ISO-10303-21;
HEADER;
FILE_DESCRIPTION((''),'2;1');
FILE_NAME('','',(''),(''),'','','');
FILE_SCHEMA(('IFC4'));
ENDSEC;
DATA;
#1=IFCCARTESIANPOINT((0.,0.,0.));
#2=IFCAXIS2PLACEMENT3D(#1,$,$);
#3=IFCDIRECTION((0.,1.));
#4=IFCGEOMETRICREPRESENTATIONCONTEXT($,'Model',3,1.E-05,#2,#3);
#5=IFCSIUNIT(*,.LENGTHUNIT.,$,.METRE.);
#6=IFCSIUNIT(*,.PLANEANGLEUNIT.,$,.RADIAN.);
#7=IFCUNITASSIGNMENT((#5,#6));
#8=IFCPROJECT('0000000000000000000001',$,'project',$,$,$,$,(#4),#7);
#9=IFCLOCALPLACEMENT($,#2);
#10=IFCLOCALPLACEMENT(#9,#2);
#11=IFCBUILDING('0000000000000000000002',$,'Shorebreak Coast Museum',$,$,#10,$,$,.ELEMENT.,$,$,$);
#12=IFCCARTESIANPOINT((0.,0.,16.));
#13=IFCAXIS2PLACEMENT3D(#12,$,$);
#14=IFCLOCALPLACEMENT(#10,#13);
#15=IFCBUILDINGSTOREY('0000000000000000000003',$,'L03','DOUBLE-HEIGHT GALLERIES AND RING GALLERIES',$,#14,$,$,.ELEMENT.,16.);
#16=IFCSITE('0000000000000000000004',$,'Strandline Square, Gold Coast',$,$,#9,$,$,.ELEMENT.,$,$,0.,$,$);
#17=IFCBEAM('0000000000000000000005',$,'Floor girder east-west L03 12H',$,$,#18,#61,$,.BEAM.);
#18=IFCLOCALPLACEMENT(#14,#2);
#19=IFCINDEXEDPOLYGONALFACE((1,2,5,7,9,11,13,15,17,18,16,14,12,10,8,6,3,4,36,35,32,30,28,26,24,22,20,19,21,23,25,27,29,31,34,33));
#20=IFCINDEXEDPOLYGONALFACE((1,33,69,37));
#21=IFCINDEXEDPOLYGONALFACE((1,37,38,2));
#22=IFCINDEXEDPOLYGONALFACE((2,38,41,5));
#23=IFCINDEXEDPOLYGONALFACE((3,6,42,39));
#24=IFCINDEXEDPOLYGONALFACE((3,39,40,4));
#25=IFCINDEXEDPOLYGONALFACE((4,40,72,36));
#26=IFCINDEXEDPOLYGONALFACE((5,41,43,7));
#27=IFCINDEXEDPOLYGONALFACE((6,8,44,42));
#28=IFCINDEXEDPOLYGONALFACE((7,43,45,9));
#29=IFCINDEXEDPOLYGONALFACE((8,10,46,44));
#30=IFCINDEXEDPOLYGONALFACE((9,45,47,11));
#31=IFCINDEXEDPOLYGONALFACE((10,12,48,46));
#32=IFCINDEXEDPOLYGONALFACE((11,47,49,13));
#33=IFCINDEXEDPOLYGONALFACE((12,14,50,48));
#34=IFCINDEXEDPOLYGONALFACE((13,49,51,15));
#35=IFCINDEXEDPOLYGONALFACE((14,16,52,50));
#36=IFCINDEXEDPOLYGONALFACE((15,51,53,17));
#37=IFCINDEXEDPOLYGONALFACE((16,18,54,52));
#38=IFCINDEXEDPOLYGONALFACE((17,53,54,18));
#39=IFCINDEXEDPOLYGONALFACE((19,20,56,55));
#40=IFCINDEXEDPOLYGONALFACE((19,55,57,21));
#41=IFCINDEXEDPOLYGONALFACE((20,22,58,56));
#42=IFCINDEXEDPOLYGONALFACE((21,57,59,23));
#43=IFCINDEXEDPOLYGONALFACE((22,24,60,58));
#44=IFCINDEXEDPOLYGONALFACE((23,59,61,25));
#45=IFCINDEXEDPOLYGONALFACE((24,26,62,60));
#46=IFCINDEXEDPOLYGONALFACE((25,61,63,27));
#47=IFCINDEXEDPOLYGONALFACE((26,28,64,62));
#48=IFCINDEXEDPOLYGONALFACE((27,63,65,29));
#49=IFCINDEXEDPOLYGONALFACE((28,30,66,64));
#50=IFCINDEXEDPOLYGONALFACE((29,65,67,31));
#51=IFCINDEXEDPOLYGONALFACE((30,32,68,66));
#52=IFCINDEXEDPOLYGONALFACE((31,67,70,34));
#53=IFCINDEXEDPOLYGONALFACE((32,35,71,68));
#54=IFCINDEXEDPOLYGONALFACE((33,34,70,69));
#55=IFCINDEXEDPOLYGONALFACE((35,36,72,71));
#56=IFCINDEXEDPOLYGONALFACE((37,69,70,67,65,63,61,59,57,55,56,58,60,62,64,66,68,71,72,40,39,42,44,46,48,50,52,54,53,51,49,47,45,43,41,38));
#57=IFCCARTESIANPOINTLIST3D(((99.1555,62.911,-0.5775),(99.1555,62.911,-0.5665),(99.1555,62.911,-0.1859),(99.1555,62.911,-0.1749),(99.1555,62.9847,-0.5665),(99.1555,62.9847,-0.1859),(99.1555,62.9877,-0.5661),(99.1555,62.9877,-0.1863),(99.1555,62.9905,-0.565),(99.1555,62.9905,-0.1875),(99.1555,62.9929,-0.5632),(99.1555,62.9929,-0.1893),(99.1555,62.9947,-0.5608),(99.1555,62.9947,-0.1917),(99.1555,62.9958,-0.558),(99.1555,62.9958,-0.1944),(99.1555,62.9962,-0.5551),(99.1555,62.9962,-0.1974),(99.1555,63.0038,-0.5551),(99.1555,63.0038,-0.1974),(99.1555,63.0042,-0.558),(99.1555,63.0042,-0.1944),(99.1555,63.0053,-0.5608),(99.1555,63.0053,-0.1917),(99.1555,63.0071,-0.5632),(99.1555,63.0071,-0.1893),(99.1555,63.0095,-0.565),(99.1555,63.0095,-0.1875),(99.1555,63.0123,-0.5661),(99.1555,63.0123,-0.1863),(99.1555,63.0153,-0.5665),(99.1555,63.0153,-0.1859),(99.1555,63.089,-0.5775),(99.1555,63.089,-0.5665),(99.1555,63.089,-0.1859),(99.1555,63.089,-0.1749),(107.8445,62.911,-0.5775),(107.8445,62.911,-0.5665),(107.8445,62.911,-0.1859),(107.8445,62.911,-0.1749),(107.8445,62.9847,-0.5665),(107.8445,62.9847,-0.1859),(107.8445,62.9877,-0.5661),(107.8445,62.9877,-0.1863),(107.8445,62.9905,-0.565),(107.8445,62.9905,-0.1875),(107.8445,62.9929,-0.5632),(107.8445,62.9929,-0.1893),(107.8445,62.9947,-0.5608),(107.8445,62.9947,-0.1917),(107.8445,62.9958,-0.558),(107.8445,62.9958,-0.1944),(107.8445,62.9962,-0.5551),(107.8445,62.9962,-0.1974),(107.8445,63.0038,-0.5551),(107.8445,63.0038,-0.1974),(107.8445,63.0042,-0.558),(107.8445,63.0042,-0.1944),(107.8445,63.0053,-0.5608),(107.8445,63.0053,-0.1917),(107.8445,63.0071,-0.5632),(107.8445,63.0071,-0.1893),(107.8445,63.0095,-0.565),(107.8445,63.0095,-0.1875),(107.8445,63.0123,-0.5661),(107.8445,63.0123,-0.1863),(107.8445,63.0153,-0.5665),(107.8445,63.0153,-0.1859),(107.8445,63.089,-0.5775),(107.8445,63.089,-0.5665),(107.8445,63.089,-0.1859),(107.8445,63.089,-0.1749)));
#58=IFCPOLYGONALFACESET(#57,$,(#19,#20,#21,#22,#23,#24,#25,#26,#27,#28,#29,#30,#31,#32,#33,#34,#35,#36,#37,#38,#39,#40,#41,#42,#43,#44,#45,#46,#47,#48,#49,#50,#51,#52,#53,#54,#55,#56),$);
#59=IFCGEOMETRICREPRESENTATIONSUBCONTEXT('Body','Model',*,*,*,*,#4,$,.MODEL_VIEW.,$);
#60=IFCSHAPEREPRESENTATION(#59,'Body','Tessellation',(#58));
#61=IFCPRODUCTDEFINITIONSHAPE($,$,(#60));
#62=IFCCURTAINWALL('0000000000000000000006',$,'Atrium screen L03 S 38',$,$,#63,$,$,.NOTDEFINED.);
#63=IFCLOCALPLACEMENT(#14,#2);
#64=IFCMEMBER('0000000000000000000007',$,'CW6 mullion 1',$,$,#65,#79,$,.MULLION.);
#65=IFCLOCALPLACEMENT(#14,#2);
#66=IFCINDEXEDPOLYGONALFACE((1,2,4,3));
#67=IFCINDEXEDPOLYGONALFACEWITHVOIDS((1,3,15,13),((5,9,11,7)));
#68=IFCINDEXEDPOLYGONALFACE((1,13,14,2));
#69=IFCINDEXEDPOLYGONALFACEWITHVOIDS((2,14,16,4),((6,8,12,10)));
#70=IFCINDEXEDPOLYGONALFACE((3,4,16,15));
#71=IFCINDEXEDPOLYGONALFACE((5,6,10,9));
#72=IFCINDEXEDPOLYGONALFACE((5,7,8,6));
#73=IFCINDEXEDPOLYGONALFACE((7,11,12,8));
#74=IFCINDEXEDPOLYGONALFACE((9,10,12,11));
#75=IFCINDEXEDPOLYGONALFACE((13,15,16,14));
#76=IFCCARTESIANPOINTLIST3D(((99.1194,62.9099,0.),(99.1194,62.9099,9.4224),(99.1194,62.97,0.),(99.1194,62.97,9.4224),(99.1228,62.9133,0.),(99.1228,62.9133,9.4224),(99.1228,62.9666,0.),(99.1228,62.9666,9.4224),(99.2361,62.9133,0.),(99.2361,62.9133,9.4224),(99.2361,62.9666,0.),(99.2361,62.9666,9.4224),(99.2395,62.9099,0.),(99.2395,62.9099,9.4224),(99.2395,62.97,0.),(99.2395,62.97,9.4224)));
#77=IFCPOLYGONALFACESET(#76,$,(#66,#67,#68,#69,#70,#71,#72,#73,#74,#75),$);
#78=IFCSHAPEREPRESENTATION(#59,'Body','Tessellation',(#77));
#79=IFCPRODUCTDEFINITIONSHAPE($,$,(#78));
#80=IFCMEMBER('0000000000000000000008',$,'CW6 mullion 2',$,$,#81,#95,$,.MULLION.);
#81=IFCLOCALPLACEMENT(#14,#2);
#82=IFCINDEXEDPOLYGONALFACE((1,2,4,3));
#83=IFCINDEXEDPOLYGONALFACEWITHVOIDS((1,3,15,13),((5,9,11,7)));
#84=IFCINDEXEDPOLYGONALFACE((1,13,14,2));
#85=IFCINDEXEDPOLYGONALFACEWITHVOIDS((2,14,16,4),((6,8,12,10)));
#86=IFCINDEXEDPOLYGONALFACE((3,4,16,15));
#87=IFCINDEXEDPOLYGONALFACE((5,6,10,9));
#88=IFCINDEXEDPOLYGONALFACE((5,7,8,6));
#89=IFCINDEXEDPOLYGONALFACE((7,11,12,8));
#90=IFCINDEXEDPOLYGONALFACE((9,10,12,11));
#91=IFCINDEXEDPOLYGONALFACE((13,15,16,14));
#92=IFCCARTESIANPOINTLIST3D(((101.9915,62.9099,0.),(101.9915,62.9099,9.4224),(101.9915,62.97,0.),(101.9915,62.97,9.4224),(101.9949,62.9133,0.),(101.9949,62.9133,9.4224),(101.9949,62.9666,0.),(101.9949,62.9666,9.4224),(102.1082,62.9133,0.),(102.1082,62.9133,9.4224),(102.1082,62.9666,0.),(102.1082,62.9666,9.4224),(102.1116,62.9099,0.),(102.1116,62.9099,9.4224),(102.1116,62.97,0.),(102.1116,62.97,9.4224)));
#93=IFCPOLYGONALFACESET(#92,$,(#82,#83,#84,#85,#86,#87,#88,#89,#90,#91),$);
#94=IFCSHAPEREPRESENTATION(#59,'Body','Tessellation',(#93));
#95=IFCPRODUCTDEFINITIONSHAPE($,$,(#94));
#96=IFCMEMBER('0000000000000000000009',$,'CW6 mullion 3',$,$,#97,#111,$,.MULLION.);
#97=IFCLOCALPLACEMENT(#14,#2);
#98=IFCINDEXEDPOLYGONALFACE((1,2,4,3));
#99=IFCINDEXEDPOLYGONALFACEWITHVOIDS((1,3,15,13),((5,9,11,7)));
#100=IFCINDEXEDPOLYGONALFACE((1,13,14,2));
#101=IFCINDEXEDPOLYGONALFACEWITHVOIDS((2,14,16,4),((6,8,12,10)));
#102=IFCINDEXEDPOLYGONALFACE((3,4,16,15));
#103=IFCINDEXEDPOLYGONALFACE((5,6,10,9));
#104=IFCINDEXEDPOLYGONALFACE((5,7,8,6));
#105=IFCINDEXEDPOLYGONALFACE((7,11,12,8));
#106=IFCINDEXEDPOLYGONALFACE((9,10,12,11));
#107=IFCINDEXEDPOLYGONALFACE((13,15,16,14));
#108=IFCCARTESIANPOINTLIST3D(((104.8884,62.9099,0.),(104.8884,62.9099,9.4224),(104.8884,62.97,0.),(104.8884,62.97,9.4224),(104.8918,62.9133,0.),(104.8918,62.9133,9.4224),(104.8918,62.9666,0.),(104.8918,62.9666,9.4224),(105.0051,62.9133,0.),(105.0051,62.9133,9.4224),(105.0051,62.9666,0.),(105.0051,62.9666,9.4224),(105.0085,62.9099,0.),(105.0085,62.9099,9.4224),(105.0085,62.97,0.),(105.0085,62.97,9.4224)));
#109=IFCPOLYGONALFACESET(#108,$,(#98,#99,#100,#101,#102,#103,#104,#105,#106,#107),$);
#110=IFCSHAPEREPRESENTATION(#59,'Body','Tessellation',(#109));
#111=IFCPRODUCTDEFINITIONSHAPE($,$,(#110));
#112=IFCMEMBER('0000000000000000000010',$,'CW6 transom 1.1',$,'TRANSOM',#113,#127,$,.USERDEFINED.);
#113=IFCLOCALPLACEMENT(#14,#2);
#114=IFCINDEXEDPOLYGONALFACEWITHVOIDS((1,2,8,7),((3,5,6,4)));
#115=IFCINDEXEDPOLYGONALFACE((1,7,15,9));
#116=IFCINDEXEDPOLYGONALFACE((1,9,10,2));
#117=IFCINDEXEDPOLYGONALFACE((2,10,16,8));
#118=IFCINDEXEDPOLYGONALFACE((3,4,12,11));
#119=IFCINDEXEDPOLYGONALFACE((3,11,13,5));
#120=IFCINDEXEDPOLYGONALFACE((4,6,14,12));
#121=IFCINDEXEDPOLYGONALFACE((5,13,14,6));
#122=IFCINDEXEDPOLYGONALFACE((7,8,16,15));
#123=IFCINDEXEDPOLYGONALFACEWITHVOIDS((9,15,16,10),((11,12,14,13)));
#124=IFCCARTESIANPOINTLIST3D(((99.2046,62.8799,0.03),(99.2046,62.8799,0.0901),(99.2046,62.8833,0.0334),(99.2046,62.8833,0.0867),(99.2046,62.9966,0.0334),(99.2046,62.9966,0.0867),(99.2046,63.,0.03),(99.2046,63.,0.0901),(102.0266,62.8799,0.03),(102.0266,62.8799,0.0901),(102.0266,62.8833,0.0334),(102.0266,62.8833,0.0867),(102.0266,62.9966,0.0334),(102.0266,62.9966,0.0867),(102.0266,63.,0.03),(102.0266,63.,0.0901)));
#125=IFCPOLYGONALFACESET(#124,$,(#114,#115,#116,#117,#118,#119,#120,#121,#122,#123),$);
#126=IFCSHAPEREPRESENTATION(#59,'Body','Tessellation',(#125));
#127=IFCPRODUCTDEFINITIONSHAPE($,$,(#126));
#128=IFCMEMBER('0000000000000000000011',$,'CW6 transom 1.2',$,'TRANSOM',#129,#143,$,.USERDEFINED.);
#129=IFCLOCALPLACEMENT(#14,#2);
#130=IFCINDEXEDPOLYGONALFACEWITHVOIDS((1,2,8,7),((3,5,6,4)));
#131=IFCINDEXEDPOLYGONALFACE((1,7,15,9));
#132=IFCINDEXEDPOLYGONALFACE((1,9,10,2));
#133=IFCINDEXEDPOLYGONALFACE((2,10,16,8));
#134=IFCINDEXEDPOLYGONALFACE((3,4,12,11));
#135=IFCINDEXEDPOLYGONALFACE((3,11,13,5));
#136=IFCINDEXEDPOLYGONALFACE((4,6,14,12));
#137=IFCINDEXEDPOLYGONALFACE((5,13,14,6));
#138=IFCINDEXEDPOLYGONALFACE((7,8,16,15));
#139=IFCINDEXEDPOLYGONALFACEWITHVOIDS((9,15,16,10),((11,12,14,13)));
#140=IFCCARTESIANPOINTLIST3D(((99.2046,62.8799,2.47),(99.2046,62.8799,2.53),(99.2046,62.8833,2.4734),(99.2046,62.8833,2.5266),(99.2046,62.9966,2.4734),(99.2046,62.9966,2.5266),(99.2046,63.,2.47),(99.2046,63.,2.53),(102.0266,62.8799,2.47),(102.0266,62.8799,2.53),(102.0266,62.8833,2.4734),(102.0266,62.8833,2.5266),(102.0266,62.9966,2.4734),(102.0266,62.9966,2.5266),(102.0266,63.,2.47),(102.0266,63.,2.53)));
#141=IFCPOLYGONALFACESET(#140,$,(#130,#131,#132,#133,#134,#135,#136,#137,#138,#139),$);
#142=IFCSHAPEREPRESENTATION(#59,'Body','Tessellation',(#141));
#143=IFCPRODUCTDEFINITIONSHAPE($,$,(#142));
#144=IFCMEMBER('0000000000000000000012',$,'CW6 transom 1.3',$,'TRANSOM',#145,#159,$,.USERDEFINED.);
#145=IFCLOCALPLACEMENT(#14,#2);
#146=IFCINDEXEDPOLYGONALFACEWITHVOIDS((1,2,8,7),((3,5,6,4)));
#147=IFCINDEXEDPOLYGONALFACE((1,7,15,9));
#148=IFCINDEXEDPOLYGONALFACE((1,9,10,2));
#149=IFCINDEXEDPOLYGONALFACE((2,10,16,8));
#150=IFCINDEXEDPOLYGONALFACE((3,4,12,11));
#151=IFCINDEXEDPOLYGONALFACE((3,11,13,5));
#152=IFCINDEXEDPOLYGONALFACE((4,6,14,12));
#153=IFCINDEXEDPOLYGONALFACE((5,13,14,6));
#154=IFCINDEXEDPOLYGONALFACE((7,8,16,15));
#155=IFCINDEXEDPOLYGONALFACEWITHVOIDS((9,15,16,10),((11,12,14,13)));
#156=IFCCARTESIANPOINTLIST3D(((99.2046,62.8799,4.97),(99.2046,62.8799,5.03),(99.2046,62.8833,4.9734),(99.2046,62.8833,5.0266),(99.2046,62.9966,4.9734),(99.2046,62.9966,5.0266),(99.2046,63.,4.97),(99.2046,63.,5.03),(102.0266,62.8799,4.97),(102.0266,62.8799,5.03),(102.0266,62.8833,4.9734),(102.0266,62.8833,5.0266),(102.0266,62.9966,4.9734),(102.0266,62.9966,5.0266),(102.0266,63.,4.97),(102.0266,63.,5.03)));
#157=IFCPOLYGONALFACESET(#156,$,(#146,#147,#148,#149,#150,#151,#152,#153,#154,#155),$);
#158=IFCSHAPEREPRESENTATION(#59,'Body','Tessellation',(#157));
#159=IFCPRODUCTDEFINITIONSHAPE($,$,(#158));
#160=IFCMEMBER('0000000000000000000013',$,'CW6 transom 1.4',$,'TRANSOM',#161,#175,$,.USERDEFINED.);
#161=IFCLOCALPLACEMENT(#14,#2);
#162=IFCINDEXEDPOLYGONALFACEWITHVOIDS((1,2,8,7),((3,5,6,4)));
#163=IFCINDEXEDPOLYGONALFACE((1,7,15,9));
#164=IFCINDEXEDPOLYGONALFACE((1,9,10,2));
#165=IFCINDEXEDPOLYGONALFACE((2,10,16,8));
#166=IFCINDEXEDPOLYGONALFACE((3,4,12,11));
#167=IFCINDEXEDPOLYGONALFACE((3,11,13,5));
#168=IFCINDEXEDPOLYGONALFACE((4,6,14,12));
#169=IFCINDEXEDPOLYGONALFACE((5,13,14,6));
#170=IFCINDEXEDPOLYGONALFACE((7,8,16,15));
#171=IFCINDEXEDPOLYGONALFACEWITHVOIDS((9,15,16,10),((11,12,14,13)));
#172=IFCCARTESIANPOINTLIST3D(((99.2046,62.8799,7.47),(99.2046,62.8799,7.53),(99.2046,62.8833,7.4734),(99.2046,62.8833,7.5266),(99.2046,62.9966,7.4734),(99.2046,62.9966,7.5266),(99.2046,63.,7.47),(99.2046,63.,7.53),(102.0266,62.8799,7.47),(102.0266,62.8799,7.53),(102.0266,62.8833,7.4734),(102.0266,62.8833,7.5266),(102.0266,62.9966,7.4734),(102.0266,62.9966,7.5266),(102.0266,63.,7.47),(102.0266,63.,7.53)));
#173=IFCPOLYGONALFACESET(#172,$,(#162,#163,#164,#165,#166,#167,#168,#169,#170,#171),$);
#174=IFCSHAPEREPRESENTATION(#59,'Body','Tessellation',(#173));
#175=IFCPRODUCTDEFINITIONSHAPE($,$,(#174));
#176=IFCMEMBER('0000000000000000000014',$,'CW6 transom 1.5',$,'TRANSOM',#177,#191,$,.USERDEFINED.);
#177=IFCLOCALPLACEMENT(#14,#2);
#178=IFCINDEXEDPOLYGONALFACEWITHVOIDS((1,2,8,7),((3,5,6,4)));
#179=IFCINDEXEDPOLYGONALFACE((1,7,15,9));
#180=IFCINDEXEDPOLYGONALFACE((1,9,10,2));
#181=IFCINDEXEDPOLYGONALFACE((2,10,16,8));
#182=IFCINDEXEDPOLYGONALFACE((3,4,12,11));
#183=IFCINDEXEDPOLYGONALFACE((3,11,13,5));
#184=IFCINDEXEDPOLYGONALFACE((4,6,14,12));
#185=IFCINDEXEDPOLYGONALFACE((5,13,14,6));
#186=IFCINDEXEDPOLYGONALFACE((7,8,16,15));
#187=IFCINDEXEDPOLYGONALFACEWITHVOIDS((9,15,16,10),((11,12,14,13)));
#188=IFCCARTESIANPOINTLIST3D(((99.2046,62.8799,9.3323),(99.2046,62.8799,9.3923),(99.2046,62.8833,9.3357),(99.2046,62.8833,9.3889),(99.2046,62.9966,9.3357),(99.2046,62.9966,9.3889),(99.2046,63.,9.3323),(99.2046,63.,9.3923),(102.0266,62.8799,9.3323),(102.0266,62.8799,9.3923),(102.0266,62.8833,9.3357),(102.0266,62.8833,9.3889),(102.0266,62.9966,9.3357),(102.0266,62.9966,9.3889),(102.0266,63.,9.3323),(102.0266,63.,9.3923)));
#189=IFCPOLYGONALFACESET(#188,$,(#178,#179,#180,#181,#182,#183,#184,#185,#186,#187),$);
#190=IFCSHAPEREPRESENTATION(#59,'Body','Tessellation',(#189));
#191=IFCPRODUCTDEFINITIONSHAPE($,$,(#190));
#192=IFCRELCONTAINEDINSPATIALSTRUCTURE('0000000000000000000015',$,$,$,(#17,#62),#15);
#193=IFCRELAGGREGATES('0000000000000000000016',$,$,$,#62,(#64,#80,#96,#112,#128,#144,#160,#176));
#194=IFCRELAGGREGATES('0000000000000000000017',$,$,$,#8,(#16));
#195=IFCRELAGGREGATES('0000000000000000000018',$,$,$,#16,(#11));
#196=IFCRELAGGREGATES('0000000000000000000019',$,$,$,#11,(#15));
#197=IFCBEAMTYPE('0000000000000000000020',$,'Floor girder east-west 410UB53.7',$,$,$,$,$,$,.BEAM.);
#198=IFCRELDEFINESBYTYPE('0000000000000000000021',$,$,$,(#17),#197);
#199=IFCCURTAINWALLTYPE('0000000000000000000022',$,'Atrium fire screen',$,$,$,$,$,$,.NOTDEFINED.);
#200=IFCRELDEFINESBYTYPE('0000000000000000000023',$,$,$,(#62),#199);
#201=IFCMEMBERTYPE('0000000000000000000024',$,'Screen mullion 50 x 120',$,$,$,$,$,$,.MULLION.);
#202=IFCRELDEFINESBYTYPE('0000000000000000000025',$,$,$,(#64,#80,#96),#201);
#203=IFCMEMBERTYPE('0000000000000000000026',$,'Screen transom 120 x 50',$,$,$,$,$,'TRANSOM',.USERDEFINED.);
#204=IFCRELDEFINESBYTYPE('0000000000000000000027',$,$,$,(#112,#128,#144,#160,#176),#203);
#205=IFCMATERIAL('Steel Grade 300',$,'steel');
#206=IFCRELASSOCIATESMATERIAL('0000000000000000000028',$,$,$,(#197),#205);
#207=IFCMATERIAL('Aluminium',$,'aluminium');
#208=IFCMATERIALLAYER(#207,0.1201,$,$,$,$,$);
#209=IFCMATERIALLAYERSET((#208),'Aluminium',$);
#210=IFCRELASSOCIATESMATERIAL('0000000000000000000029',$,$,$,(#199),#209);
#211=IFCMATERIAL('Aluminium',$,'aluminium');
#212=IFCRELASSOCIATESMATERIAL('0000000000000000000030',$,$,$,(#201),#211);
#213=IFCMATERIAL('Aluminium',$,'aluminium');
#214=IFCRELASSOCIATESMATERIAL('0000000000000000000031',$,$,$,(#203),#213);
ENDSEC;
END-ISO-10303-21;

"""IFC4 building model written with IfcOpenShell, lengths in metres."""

from ifc_helpers import new_model, si_unit, direction, frame, origin, origin_2d, place, context, subcontext, project, spatial, hollow_rectangle, i_section, extrude, material, layer, layer_set, material_profile, profile_set, type_object, element, aggregate, save


model = new_model("IFC4")

# Units and contexts
model_context = context("Model", 3, precision=1e-05, world=origin(), true_north=direction((0.0, 1.0)))
body_context = subcontext(model_context, "Body", "Model", "MODEL_VIEW")
ifc_project = project(units=[si_unit("LENGTHUNIT", "METRE"), si_unit("PLANEANGLEUNIT", "RADIAN")], contexts=[model_context])

# Site, building, storey
site_placement = place(None, origin())
site = spatial("IfcSite", under=ifc_project, at=site_placement, Name="Strandline Square, Gold Coast", CompositionType="ELEMENT", RefElevation=0.0)
building_placement = place(site_placement, origin())
building = spatial("IfcBuilding", under=site, at=building_placement, Name="Shorebreak Coast Museum", CompositionType="ELEMENT")
storey_placement = place(building_placement, frame((0.0, 0.0, 16.0)))
storey = spatial("IfcBuildingStorey", under=building, at=storey_placement, Name="L03", Description="DOUBLE-HEIGHT GALLERIES AND RING GALLERIES", CompositionType="ELEMENT", Elevation=16.0)

# Beam
ifc_material_1 = material(Name="Steel Grade 300", Category="steel")
ifc_material_profile_1 = material_profile(ifc_material_1, i_section(OverallWidth=0.178, OverallDepth=0.4026, WebThickness=0.0076, FlangeThickness=0.011, FilletRadius=0.0115, at=origin_2d()), Name="410UB53.7")
ifc_profile_set_1 = profile_set([ifc_material_profile_1], Name="Steel Grade 300")
beam_type = type_object("IfcBeamType", Name="Floor girder east-west 410UB53.7", PredefinedType="BEAM", material=ifc_profile_set_1)
beam_placement = place(storey_placement, frame((99.1555, 63.0, -0.3762), z_axis=(1.0, 0.0, 0.0), x_axis=(0.0, 1.0, 0.0)))
element("IfcBeam", 1, at=beam_placement, inside=storey, type_object=beam_type, Name="Floor girder east-west L03 12H", PredefinedType="BEAM", context=body_context, shape_type="SweptSolid", body=[
    extrude(i_section(OverallWidth=0.178, OverallDepth=0.4026, WebThickness=0.0076, FlangeThickness=0.011, FilletRadius=0.0115, at=origin_2d()), origin(), (0.0, 0.0, 1.0), 8.689),
])

# Curtain wall, members
ifc_material_2 = material(Name="Aluminium", Category="aluminium")
ifc_layer_1 = layer(ifc_material_2, 0.1201)
ifc_layer_set_1 = layer_set([ifc_layer_1], Name="Aluminium")
curtain_wall_type = type_object("IfcCurtainWallType", Name="Atrium fire screen", PredefinedType="NOTDEFINED", material=ifc_layer_set_1)
curtain_wall_placement = place(storey_placement, origin())
curtain_wall = element("IfcCurtainWall", 2, at=curtain_wall_placement, inside=storey, type_object=curtain_wall_type, Name="Atrium screen L03 S 38", PredefinedType="NOTDEFINED")
ifc_material_3 = material(Name="Aluminium", Category="aluminium")
ifc_material_profile_2 = material_profile(ifc_material_3, hollow_rectangle(XDim=0.0601, YDim=0.1201, WallThickness=0.0034, at=origin_2d()), Name="AL 120x60 RHS")
ifc_profile_set_2 = profile_set([ifc_material_profile_2], Name="Aluminium")
member_type_1 = type_object("IfcMemberType", Name="Screen mullion 50 x 120", PredefinedType="MULLION", material=ifc_profile_set_2)
member_1_placement = place(storey_placement, frame((99.1794, 62.9399, 0.0), z_axis=(0.0, 0.0, 1.0), x_axis=(0.0, 1.0, 0.0)))
member_1 = element("IfcMember", 3, at=member_1_placement, type_object=member_type_1, Name="CW6 mullion 1", PredefinedType="MULLION", context=body_context, shape_type="SweptSolid", body=[
    extrude(hollow_rectangle(XDim=0.0601, YDim=0.1201, WallThickness=0.0034, at=origin_2d()), origin(), (0.0, 0.0, 1.0), 9.4224),
])
member_2_placement = place(storey_placement, frame((102.0515, 62.9399, 0.0), z_axis=(0.0, 0.0, 1.0), x_axis=(0.0, 1.0, 0.0)))
member_2 = element("IfcMember", 4, at=member_2_placement, type_object=member_type_1, Name="CW6 mullion 2", PredefinedType="MULLION", context=body_context, shape_type="SweptSolid", body=[
    extrude(hollow_rectangle(XDim=0.0601, YDim=0.1201, WallThickness=0.0034, at=origin_2d()), origin(), (0.0, 0.0, 1.0), 9.4224),
])
member_3_placement = place(storey_placement, frame((104.9485, 62.9399, 0.0), z_axis=(0.0, 0.0, 1.0), x_axis=(0.0, 1.0, 0.0)))
member_3 = element("IfcMember", 5, at=member_3_placement, type_object=member_type_1, Name="CW6 mullion 3", PredefinedType="MULLION", context=body_context, shape_type="SweptSolid", body=[
    extrude(hollow_rectangle(XDim=0.0601, YDim=0.1201, WallThickness=0.0034, at=origin_2d()), origin(), (0.0, 0.0, 1.0), 9.4224),
])
ifc_material_4 = material(Name="Aluminium", Category="aluminium")
ifc_material_profile_3 = material_profile(ifc_material_4, hollow_rectangle(XDim=0.1201, YDim=0.0601, WallThickness=0.0034, at=origin_2d()), Name="AL 60x120 RHS")
ifc_profile_set_3 = profile_set([ifc_material_profile_3], Name="Aluminium")
member_type_2 = type_object("IfcMemberType", Name="Screen transom 120 x 50", ElementType="TRANSOM", PredefinedType="USERDEFINED", material=ifc_profile_set_3)
member_4_placement = place(storey_placement, frame((99.2046, 62.9399, 0.0601), z_axis=(1.0, 0.0, 0.0), x_axis=(0.0, 1.0, 0.0)))
member_4 = element("IfcMember", 6, at=member_4_placement, type_object=member_type_2, Name="CW6 transom 1.1", ObjectType="TRANSOM", PredefinedType="USERDEFINED", context=body_context, shape_type="SweptSolid", body=[
    extrude(hollow_rectangle(XDim=0.1201, YDim=0.0601, WallThickness=0.0034, at=origin_2d()), origin(), (0.0, 0.0, 1.0), 2.822),
])
member_5_placement = place(storey_placement, frame((99.2046, 62.9399, 2.5), z_axis=(1.0, 0.0, 0.0), x_axis=(0.0, 1.0, 0.0)))
member_5 = element("IfcMember", 7, at=member_5_placement, type_object=member_type_2, Name="CW6 transom 1.2", ObjectType="TRANSOM", PredefinedType="USERDEFINED", context=body_context, shape_type="SweptSolid", body=[
    extrude(hollow_rectangle(XDim=0.1201, YDim=0.0601, WallThickness=0.0034, at=origin_2d()), origin(), (0.0, 0.0, 1.0), 2.822),
])
member_6_placement = place(storey_placement, frame((99.2046, 62.9399, 5.0), z_axis=(1.0, 0.0, 0.0), x_axis=(0.0, 1.0, 0.0)))
member_6 = element("IfcMember", 8, at=member_6_placement, type_object=member_type_2, Name="CW6 transom 1.3", ObjectType="TRANSOM", PredefinedType="USERDEFINED", context=body_context, shape_type="SweptSolid", body=[
    extrude(hollow_rectangle(XDim=0.1201, YDim=0.0601, WallThickness=0.0034, at=origin_2d()), origin(), (0.0, 0.0, 1.0), 2.822),
])
member_7_placement = place(storey_placement, frame((99.2046, 62.9399, 7.5), z_axis=(1.0, 0.0, 0.0), x_axis=(0.0, 1.0, 0.0)))
member_7 = element("IfcMember", 9, at=member_7_placement, type_object=member_type_2, Name="CW6 transom 1.4", ObjectType="TRANSOM", PredefinedType="USERDEFINED", context=body_context, shape_type="SweptSolid", body=[
    extrude(hollow_rectangle(XDim=0.1201, YDim=0.0601, WallThickness=0.0034, at=origin_2d()), origin(), (0.0, 0.0, 1.0), 2.822),
])
member_8_placement = place(storey_placement, frame((99.2046, 62.9399, 9.3623), z_axis=(1.0, 0.0, 0.0), x_axis=(0.0, 1.0, 0.0)))
member_8 = element("IfcMember", 10, at=member_8_placement, type_object=member_type_2, Name="CW6 transom 1.5", ObjectType="TRANSOM", PredefinedType="USERDEFINED", context=body_context, shape_type="SweptSolid", body=[
    extrude(hollow_rectangle(XDim=0.1201, YDim=0.0601, WallThickness=0.0034, at=origin_2d()), origin(), (0.0, 0.0, 1.0), 2.822),
])
aggregate(curtain_wall, [member_1, member_2, member_3, member_4, member_5, member_6, member_7, member_8])

save(model, "model.ifc")
